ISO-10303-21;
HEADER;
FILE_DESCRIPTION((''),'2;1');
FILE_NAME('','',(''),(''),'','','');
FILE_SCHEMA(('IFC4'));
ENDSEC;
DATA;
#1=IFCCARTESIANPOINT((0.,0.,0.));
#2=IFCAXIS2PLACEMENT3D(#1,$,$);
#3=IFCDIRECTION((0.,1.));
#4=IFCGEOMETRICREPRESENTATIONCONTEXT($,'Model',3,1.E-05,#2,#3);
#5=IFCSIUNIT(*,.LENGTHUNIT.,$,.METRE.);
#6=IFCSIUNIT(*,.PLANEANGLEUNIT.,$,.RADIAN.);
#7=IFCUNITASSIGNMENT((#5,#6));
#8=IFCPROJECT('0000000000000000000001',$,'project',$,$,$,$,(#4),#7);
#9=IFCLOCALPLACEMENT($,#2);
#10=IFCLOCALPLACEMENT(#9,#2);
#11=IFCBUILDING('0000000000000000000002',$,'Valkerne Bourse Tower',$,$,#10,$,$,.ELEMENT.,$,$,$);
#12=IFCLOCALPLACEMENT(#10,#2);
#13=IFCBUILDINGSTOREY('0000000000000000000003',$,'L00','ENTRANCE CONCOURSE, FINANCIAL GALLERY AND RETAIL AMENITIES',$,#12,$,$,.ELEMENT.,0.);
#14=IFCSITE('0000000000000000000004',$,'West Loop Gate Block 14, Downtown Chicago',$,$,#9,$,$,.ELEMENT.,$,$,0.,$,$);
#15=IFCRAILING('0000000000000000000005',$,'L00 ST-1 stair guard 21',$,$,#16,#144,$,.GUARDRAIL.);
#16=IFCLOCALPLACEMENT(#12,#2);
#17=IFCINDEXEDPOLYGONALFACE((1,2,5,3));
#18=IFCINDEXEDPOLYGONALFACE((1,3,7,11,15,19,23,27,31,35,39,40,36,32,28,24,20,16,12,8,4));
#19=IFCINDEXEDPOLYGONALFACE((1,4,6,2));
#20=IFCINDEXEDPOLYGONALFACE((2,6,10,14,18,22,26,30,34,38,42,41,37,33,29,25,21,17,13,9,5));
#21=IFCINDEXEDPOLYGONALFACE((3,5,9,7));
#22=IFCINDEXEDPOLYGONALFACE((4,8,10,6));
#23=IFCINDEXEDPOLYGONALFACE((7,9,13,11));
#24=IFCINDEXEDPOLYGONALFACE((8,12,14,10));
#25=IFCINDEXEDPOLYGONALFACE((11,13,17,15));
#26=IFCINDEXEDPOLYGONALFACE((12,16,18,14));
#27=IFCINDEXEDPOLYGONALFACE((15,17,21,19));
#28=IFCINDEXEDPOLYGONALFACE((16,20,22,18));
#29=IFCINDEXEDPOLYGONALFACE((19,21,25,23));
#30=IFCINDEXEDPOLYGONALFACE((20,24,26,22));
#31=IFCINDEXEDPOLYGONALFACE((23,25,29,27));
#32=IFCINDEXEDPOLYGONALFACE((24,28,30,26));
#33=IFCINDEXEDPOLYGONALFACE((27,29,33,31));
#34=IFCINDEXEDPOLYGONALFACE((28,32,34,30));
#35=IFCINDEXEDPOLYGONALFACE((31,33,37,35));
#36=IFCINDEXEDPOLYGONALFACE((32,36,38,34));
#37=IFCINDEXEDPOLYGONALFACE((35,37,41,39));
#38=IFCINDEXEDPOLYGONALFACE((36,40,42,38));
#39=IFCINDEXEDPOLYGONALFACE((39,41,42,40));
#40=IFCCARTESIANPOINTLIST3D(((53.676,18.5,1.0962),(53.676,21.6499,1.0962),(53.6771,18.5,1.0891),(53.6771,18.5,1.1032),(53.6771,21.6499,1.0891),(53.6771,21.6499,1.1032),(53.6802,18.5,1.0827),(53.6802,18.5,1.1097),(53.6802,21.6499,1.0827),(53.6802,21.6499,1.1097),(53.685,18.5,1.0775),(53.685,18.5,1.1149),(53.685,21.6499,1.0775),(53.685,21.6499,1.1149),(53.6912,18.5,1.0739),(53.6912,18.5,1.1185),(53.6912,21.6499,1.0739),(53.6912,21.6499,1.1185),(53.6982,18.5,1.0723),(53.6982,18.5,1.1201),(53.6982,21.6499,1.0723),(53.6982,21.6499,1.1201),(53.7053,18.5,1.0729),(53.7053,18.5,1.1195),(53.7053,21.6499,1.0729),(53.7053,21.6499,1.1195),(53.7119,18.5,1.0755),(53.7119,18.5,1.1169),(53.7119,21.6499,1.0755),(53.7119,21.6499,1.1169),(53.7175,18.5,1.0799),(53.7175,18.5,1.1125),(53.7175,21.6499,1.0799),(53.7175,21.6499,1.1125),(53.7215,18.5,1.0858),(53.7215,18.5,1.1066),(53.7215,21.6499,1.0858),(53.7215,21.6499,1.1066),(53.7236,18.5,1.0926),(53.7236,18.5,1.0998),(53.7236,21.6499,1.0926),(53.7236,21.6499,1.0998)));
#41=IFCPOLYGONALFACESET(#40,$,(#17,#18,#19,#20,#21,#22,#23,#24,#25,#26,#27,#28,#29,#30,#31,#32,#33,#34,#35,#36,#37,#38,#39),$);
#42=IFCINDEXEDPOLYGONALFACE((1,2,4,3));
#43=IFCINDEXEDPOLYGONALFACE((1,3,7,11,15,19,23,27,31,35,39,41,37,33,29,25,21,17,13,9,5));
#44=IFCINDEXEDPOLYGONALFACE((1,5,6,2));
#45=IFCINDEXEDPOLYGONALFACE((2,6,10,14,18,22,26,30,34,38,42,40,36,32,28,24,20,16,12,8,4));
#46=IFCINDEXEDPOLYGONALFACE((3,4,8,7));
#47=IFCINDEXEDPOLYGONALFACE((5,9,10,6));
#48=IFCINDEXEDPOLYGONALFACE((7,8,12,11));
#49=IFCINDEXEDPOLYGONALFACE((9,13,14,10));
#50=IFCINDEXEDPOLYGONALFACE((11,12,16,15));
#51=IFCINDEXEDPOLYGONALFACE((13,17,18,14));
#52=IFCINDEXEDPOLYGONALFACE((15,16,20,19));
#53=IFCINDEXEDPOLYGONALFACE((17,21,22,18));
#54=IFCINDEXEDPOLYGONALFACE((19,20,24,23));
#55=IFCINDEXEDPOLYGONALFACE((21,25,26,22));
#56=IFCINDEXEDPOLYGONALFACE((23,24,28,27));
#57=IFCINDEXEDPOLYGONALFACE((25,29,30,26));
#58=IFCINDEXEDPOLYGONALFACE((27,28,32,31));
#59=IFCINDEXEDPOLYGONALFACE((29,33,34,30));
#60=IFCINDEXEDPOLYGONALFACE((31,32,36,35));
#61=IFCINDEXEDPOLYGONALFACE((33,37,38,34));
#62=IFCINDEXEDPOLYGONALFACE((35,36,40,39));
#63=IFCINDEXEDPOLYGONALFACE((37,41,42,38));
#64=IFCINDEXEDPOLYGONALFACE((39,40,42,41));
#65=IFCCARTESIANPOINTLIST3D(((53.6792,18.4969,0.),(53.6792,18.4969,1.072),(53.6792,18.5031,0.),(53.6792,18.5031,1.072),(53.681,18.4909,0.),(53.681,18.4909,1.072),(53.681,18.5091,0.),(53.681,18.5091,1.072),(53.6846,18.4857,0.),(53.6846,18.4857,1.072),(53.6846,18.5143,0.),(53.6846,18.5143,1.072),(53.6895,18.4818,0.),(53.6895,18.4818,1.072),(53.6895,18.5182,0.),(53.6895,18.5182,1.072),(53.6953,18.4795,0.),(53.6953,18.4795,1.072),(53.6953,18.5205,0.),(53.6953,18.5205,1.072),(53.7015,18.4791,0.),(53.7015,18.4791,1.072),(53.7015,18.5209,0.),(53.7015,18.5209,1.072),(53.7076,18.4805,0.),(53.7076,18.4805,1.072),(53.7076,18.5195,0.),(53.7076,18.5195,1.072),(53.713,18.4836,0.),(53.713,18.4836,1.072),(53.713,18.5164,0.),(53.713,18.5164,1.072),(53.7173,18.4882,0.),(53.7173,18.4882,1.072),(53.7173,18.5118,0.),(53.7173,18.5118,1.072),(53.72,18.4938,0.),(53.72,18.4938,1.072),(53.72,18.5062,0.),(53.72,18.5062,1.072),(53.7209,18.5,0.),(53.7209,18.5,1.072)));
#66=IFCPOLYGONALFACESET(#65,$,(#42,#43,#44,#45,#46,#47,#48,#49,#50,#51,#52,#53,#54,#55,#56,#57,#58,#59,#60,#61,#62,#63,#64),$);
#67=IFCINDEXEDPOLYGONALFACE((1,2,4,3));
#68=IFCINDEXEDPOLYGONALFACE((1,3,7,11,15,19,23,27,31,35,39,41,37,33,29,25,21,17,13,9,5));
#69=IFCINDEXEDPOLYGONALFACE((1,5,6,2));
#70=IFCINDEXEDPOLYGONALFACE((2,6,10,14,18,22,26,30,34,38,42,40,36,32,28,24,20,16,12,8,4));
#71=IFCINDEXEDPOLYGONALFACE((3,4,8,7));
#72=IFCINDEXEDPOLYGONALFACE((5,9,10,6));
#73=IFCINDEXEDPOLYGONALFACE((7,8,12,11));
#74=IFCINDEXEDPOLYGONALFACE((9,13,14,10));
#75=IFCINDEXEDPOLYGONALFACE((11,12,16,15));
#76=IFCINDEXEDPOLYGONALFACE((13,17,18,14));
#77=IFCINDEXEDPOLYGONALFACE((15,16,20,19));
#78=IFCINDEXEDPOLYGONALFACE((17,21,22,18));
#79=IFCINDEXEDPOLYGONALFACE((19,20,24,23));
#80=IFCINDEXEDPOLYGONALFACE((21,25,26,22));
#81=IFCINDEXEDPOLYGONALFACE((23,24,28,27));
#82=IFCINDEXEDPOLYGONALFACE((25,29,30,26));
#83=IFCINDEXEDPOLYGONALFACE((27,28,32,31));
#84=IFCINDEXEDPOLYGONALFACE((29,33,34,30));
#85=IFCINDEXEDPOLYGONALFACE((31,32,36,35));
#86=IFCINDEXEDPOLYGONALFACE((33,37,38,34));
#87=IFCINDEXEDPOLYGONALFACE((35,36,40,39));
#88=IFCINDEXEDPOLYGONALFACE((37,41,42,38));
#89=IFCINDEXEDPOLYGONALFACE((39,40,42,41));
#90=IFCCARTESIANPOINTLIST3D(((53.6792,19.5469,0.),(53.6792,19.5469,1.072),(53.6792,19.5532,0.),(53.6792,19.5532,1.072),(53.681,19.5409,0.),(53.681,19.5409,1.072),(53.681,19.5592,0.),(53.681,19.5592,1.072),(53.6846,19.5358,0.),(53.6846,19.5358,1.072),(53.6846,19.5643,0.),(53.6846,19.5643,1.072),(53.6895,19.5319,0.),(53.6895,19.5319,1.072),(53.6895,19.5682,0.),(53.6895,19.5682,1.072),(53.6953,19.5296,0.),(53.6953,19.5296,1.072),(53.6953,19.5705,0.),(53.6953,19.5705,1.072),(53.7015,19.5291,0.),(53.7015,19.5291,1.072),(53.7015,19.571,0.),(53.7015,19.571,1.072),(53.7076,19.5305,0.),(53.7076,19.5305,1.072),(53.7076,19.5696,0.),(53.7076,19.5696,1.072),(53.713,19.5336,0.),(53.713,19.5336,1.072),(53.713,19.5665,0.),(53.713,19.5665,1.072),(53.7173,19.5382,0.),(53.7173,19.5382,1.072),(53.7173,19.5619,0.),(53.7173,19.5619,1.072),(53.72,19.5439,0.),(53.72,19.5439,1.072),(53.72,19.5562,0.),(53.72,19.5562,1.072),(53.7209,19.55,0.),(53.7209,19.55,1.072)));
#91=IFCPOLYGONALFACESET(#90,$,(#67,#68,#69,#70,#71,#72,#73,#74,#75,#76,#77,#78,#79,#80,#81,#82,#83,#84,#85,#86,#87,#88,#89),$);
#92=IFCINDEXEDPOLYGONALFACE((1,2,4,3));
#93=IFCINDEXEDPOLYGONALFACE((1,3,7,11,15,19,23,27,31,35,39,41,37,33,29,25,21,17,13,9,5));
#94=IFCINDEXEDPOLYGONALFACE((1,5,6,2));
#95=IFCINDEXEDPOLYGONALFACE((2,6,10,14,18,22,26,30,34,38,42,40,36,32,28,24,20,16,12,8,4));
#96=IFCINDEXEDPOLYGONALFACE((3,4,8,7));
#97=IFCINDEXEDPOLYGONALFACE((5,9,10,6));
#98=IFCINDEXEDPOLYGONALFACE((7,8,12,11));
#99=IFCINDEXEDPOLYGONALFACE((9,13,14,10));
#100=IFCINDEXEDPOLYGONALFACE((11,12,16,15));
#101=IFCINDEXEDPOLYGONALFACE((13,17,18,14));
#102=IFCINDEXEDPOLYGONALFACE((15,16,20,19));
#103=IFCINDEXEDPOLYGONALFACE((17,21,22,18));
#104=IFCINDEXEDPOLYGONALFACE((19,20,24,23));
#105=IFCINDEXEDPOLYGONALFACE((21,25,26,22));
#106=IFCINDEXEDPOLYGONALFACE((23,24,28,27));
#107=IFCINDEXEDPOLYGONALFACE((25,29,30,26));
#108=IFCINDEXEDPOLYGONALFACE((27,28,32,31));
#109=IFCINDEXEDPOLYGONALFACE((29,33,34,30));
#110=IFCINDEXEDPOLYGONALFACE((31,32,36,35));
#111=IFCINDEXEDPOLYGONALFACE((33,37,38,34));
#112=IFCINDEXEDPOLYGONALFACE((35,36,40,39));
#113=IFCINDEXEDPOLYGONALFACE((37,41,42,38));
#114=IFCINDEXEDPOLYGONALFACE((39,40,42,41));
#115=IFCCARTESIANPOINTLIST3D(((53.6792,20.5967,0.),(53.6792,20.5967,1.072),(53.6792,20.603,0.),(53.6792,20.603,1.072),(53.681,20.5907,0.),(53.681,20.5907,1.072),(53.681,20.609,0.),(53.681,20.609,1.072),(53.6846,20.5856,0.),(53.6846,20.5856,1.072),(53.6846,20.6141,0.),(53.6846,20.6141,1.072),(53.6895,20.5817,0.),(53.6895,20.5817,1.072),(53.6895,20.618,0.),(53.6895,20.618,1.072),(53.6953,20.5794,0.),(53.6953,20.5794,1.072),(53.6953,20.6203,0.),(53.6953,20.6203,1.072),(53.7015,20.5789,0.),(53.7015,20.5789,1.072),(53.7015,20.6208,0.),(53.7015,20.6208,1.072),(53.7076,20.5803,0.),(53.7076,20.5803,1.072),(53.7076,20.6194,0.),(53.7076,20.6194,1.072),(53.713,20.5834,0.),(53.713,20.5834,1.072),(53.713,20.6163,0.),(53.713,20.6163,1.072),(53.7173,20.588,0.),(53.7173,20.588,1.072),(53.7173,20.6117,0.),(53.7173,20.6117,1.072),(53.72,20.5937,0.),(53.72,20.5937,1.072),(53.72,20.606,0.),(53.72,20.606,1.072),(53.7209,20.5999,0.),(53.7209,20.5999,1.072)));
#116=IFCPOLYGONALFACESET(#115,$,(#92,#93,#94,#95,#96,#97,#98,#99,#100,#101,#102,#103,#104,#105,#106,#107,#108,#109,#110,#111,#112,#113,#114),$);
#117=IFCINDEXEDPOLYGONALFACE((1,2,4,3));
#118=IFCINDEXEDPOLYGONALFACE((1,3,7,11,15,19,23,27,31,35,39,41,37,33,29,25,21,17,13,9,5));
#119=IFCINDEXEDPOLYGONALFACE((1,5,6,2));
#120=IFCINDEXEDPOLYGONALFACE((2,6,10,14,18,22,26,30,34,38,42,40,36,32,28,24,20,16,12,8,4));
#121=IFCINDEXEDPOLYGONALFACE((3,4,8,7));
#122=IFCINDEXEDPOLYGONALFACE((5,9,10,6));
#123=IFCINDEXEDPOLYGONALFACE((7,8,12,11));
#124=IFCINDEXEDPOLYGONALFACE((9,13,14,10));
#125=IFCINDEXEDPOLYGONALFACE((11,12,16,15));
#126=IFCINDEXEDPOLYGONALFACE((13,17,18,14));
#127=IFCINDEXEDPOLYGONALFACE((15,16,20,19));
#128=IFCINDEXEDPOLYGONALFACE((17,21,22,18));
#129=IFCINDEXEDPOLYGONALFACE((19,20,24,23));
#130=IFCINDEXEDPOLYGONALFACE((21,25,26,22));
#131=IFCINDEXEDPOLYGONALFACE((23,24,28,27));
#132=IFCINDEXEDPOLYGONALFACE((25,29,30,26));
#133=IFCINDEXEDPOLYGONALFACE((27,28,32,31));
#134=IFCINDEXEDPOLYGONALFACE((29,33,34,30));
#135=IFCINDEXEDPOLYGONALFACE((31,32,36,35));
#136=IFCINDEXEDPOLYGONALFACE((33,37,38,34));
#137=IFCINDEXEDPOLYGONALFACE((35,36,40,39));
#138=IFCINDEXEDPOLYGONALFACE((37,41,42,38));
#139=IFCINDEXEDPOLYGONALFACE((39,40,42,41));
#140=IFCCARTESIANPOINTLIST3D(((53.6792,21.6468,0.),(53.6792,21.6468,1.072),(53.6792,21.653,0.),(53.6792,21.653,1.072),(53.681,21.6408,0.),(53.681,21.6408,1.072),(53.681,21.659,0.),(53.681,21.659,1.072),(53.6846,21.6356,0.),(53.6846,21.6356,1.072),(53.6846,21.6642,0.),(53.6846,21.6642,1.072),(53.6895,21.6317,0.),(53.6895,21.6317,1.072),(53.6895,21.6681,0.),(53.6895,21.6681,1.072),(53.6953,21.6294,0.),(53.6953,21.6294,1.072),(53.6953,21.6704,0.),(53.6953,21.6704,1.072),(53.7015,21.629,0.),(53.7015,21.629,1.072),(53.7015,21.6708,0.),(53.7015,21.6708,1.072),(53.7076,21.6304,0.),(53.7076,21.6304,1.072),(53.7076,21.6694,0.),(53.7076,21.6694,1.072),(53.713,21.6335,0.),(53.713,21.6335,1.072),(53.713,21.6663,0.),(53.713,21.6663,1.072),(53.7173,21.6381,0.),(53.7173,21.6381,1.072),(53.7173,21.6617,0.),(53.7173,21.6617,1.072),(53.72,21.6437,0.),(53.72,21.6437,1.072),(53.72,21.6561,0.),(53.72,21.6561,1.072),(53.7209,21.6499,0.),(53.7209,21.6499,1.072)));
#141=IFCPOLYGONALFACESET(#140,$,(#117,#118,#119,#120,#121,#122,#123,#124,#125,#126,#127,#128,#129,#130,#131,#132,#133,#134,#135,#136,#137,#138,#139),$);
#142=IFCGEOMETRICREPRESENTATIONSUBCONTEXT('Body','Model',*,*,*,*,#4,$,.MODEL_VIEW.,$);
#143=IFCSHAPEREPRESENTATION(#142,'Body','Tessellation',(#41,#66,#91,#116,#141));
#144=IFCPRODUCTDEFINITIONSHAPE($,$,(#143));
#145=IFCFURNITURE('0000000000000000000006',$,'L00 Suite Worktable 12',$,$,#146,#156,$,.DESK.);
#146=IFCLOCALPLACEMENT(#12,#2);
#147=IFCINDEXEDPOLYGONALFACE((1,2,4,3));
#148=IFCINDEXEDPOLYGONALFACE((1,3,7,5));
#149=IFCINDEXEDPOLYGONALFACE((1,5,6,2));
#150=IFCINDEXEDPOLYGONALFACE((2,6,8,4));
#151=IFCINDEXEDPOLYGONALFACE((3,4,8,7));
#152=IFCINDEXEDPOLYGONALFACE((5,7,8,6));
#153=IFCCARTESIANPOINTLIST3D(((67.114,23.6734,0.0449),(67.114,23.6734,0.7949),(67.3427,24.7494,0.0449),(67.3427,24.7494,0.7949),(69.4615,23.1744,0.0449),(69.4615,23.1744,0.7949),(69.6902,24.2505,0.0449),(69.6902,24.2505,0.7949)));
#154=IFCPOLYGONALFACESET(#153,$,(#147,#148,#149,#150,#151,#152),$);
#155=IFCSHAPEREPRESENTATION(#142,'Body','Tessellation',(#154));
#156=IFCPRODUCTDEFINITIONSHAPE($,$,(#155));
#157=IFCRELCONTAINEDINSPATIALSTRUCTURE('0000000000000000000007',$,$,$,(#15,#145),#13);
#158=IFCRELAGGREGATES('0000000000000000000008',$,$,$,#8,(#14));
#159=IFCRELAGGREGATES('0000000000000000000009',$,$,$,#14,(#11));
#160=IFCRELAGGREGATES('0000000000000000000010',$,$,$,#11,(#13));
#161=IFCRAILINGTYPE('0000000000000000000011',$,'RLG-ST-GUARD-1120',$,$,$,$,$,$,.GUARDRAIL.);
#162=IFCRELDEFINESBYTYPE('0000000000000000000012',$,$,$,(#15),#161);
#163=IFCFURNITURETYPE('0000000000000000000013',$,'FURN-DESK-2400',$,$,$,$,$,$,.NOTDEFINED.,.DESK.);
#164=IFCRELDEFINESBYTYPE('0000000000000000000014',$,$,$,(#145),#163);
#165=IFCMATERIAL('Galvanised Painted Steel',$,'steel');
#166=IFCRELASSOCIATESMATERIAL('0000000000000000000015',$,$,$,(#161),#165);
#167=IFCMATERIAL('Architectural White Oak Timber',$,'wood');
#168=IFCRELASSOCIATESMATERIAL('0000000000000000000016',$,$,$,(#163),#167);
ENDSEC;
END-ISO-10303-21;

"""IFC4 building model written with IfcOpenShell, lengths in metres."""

from ifc_helpers import new_model, si_unit, direction, frame, origin, origin_2d, place, context, subcontext, project, spatial, rectangle, circle, extrude, material, type_object, element, save


model = new_model("IFC4")

# Units and contexts
model_context = context("Model", 3, precision=1e-05, world=origin(), true_north=direction((0.0, 1.0)))
body_context = subcontext(model_context, "Body", "Model", "MODEL_VIEW")
ifc_project = project(units=[si_unit("LENGTHUNIT", "METRE"), si_unit("PLANEANGLEUNIT", "RADIAN")], contexts=[model_context])

# Site, building, storey
site_placement = place(None, origin())
site = spatial("IfcSite", under=ifc_project, at=site_placement, Name="West Loop Gate Block 14, Downtown Chicago", CompositionType="ELEMENT", RefElevation=0.0)
building_placement = place(site_placement, origin())
building = spatial("IfcBuilding", under=site, at=building_placement, Name="Valkerne Bourse Tower", CompositionType="ELEMENT")
storey_placement = place(building_placement, origin())
storey = spatial("IfcBuildingStorey", under=building, at=storey_placement, Name="L00", Description="ENTRANCE CONCOURSE, FINANCIAL GALLERY AND RETAIL AMENITIES", CompositionType="ELEMENT", Elevation=0.0)

# Shared definitions
ifc_material_1 = material(Name="Galvanised Painted Steel", Category="steel")
ifc_material_2 = material(Name="Architectural White Oak Timber", Category="wood")

# Railing
railing_type = type_object("IfcRailingType", Name="RLG-ST-GUARD-1120", PredefinedType="GUARDRAIL", material=ifc_material_1)
railing_placement = place(storey_placement, frame((53.7, 18.5, 0.0)))
element("IfcRailing", 1, at=railing_placement, inside=storey, type_object=railing_type, Name="L00 ST-1 stair guard 21", PredefinedType="GUARDRAIL", context=body_context, shape_type="SweptSolid", body=[
    extrude(circle(Radius=0.0239, at=origin_2d()), frame((0.0, 0.0, 1.0962), z_axis=(0.0, 1.0, 0.0), x_axis=(-1.0, 0.0, 0.0)), (0.0, 0.0, 1.0), 3.1499),
    extrude(circle(Radius=0.021, at=origin_2d()), origin(), (0.0, 0.0, 1.0), 1.072),
    extrude(circle(Radius=0.021, at=origin_2d()), frame((0.0, 1.05, 0.0)), (0.0, 0.0, 1.0), 1.072),
    extrude(circle(Radius=0.021, at=origin_2d()), frame((0.0, 2.0999, 0.0)), (0.0, 0.0, 1.0), 1.072),
    extrude(circle(Radius=0.021, at=origin_2d()), frame((0.0, 3.1499, 0.0)), (0.0, 0.0, 1.0), 1.072),
])

# Furniture
furniture_type = type_object("IfcFurnitureType", Name="FURN-DESK-2400", AssemblyPlace="NOTDEFINED", PredefinedType="DESK", material=ifc_material_2)
furniture_placement = place(storey_placement, frame((68.4021, 23.9619, 0.0449), z_axis=(0.0, 0.0, 1.0), x_axis=(-0.978148, 0.207912, 0.0)))
element("IfcFurniture", 2, at=furniture_placement, inside=storey, type_object=furniture_type, Name="L00 Suite Worktable 12", PredefinedType="DESK", context=body_context, shape_type="SweptSolid", body=[
    extrude(rectangle(XDim=2.3999, YDim=1.1001, at=origin_2d()), origin(), (0.0, 0.0, 1.0), 0.75),
])

save(model, "model.ifc")
